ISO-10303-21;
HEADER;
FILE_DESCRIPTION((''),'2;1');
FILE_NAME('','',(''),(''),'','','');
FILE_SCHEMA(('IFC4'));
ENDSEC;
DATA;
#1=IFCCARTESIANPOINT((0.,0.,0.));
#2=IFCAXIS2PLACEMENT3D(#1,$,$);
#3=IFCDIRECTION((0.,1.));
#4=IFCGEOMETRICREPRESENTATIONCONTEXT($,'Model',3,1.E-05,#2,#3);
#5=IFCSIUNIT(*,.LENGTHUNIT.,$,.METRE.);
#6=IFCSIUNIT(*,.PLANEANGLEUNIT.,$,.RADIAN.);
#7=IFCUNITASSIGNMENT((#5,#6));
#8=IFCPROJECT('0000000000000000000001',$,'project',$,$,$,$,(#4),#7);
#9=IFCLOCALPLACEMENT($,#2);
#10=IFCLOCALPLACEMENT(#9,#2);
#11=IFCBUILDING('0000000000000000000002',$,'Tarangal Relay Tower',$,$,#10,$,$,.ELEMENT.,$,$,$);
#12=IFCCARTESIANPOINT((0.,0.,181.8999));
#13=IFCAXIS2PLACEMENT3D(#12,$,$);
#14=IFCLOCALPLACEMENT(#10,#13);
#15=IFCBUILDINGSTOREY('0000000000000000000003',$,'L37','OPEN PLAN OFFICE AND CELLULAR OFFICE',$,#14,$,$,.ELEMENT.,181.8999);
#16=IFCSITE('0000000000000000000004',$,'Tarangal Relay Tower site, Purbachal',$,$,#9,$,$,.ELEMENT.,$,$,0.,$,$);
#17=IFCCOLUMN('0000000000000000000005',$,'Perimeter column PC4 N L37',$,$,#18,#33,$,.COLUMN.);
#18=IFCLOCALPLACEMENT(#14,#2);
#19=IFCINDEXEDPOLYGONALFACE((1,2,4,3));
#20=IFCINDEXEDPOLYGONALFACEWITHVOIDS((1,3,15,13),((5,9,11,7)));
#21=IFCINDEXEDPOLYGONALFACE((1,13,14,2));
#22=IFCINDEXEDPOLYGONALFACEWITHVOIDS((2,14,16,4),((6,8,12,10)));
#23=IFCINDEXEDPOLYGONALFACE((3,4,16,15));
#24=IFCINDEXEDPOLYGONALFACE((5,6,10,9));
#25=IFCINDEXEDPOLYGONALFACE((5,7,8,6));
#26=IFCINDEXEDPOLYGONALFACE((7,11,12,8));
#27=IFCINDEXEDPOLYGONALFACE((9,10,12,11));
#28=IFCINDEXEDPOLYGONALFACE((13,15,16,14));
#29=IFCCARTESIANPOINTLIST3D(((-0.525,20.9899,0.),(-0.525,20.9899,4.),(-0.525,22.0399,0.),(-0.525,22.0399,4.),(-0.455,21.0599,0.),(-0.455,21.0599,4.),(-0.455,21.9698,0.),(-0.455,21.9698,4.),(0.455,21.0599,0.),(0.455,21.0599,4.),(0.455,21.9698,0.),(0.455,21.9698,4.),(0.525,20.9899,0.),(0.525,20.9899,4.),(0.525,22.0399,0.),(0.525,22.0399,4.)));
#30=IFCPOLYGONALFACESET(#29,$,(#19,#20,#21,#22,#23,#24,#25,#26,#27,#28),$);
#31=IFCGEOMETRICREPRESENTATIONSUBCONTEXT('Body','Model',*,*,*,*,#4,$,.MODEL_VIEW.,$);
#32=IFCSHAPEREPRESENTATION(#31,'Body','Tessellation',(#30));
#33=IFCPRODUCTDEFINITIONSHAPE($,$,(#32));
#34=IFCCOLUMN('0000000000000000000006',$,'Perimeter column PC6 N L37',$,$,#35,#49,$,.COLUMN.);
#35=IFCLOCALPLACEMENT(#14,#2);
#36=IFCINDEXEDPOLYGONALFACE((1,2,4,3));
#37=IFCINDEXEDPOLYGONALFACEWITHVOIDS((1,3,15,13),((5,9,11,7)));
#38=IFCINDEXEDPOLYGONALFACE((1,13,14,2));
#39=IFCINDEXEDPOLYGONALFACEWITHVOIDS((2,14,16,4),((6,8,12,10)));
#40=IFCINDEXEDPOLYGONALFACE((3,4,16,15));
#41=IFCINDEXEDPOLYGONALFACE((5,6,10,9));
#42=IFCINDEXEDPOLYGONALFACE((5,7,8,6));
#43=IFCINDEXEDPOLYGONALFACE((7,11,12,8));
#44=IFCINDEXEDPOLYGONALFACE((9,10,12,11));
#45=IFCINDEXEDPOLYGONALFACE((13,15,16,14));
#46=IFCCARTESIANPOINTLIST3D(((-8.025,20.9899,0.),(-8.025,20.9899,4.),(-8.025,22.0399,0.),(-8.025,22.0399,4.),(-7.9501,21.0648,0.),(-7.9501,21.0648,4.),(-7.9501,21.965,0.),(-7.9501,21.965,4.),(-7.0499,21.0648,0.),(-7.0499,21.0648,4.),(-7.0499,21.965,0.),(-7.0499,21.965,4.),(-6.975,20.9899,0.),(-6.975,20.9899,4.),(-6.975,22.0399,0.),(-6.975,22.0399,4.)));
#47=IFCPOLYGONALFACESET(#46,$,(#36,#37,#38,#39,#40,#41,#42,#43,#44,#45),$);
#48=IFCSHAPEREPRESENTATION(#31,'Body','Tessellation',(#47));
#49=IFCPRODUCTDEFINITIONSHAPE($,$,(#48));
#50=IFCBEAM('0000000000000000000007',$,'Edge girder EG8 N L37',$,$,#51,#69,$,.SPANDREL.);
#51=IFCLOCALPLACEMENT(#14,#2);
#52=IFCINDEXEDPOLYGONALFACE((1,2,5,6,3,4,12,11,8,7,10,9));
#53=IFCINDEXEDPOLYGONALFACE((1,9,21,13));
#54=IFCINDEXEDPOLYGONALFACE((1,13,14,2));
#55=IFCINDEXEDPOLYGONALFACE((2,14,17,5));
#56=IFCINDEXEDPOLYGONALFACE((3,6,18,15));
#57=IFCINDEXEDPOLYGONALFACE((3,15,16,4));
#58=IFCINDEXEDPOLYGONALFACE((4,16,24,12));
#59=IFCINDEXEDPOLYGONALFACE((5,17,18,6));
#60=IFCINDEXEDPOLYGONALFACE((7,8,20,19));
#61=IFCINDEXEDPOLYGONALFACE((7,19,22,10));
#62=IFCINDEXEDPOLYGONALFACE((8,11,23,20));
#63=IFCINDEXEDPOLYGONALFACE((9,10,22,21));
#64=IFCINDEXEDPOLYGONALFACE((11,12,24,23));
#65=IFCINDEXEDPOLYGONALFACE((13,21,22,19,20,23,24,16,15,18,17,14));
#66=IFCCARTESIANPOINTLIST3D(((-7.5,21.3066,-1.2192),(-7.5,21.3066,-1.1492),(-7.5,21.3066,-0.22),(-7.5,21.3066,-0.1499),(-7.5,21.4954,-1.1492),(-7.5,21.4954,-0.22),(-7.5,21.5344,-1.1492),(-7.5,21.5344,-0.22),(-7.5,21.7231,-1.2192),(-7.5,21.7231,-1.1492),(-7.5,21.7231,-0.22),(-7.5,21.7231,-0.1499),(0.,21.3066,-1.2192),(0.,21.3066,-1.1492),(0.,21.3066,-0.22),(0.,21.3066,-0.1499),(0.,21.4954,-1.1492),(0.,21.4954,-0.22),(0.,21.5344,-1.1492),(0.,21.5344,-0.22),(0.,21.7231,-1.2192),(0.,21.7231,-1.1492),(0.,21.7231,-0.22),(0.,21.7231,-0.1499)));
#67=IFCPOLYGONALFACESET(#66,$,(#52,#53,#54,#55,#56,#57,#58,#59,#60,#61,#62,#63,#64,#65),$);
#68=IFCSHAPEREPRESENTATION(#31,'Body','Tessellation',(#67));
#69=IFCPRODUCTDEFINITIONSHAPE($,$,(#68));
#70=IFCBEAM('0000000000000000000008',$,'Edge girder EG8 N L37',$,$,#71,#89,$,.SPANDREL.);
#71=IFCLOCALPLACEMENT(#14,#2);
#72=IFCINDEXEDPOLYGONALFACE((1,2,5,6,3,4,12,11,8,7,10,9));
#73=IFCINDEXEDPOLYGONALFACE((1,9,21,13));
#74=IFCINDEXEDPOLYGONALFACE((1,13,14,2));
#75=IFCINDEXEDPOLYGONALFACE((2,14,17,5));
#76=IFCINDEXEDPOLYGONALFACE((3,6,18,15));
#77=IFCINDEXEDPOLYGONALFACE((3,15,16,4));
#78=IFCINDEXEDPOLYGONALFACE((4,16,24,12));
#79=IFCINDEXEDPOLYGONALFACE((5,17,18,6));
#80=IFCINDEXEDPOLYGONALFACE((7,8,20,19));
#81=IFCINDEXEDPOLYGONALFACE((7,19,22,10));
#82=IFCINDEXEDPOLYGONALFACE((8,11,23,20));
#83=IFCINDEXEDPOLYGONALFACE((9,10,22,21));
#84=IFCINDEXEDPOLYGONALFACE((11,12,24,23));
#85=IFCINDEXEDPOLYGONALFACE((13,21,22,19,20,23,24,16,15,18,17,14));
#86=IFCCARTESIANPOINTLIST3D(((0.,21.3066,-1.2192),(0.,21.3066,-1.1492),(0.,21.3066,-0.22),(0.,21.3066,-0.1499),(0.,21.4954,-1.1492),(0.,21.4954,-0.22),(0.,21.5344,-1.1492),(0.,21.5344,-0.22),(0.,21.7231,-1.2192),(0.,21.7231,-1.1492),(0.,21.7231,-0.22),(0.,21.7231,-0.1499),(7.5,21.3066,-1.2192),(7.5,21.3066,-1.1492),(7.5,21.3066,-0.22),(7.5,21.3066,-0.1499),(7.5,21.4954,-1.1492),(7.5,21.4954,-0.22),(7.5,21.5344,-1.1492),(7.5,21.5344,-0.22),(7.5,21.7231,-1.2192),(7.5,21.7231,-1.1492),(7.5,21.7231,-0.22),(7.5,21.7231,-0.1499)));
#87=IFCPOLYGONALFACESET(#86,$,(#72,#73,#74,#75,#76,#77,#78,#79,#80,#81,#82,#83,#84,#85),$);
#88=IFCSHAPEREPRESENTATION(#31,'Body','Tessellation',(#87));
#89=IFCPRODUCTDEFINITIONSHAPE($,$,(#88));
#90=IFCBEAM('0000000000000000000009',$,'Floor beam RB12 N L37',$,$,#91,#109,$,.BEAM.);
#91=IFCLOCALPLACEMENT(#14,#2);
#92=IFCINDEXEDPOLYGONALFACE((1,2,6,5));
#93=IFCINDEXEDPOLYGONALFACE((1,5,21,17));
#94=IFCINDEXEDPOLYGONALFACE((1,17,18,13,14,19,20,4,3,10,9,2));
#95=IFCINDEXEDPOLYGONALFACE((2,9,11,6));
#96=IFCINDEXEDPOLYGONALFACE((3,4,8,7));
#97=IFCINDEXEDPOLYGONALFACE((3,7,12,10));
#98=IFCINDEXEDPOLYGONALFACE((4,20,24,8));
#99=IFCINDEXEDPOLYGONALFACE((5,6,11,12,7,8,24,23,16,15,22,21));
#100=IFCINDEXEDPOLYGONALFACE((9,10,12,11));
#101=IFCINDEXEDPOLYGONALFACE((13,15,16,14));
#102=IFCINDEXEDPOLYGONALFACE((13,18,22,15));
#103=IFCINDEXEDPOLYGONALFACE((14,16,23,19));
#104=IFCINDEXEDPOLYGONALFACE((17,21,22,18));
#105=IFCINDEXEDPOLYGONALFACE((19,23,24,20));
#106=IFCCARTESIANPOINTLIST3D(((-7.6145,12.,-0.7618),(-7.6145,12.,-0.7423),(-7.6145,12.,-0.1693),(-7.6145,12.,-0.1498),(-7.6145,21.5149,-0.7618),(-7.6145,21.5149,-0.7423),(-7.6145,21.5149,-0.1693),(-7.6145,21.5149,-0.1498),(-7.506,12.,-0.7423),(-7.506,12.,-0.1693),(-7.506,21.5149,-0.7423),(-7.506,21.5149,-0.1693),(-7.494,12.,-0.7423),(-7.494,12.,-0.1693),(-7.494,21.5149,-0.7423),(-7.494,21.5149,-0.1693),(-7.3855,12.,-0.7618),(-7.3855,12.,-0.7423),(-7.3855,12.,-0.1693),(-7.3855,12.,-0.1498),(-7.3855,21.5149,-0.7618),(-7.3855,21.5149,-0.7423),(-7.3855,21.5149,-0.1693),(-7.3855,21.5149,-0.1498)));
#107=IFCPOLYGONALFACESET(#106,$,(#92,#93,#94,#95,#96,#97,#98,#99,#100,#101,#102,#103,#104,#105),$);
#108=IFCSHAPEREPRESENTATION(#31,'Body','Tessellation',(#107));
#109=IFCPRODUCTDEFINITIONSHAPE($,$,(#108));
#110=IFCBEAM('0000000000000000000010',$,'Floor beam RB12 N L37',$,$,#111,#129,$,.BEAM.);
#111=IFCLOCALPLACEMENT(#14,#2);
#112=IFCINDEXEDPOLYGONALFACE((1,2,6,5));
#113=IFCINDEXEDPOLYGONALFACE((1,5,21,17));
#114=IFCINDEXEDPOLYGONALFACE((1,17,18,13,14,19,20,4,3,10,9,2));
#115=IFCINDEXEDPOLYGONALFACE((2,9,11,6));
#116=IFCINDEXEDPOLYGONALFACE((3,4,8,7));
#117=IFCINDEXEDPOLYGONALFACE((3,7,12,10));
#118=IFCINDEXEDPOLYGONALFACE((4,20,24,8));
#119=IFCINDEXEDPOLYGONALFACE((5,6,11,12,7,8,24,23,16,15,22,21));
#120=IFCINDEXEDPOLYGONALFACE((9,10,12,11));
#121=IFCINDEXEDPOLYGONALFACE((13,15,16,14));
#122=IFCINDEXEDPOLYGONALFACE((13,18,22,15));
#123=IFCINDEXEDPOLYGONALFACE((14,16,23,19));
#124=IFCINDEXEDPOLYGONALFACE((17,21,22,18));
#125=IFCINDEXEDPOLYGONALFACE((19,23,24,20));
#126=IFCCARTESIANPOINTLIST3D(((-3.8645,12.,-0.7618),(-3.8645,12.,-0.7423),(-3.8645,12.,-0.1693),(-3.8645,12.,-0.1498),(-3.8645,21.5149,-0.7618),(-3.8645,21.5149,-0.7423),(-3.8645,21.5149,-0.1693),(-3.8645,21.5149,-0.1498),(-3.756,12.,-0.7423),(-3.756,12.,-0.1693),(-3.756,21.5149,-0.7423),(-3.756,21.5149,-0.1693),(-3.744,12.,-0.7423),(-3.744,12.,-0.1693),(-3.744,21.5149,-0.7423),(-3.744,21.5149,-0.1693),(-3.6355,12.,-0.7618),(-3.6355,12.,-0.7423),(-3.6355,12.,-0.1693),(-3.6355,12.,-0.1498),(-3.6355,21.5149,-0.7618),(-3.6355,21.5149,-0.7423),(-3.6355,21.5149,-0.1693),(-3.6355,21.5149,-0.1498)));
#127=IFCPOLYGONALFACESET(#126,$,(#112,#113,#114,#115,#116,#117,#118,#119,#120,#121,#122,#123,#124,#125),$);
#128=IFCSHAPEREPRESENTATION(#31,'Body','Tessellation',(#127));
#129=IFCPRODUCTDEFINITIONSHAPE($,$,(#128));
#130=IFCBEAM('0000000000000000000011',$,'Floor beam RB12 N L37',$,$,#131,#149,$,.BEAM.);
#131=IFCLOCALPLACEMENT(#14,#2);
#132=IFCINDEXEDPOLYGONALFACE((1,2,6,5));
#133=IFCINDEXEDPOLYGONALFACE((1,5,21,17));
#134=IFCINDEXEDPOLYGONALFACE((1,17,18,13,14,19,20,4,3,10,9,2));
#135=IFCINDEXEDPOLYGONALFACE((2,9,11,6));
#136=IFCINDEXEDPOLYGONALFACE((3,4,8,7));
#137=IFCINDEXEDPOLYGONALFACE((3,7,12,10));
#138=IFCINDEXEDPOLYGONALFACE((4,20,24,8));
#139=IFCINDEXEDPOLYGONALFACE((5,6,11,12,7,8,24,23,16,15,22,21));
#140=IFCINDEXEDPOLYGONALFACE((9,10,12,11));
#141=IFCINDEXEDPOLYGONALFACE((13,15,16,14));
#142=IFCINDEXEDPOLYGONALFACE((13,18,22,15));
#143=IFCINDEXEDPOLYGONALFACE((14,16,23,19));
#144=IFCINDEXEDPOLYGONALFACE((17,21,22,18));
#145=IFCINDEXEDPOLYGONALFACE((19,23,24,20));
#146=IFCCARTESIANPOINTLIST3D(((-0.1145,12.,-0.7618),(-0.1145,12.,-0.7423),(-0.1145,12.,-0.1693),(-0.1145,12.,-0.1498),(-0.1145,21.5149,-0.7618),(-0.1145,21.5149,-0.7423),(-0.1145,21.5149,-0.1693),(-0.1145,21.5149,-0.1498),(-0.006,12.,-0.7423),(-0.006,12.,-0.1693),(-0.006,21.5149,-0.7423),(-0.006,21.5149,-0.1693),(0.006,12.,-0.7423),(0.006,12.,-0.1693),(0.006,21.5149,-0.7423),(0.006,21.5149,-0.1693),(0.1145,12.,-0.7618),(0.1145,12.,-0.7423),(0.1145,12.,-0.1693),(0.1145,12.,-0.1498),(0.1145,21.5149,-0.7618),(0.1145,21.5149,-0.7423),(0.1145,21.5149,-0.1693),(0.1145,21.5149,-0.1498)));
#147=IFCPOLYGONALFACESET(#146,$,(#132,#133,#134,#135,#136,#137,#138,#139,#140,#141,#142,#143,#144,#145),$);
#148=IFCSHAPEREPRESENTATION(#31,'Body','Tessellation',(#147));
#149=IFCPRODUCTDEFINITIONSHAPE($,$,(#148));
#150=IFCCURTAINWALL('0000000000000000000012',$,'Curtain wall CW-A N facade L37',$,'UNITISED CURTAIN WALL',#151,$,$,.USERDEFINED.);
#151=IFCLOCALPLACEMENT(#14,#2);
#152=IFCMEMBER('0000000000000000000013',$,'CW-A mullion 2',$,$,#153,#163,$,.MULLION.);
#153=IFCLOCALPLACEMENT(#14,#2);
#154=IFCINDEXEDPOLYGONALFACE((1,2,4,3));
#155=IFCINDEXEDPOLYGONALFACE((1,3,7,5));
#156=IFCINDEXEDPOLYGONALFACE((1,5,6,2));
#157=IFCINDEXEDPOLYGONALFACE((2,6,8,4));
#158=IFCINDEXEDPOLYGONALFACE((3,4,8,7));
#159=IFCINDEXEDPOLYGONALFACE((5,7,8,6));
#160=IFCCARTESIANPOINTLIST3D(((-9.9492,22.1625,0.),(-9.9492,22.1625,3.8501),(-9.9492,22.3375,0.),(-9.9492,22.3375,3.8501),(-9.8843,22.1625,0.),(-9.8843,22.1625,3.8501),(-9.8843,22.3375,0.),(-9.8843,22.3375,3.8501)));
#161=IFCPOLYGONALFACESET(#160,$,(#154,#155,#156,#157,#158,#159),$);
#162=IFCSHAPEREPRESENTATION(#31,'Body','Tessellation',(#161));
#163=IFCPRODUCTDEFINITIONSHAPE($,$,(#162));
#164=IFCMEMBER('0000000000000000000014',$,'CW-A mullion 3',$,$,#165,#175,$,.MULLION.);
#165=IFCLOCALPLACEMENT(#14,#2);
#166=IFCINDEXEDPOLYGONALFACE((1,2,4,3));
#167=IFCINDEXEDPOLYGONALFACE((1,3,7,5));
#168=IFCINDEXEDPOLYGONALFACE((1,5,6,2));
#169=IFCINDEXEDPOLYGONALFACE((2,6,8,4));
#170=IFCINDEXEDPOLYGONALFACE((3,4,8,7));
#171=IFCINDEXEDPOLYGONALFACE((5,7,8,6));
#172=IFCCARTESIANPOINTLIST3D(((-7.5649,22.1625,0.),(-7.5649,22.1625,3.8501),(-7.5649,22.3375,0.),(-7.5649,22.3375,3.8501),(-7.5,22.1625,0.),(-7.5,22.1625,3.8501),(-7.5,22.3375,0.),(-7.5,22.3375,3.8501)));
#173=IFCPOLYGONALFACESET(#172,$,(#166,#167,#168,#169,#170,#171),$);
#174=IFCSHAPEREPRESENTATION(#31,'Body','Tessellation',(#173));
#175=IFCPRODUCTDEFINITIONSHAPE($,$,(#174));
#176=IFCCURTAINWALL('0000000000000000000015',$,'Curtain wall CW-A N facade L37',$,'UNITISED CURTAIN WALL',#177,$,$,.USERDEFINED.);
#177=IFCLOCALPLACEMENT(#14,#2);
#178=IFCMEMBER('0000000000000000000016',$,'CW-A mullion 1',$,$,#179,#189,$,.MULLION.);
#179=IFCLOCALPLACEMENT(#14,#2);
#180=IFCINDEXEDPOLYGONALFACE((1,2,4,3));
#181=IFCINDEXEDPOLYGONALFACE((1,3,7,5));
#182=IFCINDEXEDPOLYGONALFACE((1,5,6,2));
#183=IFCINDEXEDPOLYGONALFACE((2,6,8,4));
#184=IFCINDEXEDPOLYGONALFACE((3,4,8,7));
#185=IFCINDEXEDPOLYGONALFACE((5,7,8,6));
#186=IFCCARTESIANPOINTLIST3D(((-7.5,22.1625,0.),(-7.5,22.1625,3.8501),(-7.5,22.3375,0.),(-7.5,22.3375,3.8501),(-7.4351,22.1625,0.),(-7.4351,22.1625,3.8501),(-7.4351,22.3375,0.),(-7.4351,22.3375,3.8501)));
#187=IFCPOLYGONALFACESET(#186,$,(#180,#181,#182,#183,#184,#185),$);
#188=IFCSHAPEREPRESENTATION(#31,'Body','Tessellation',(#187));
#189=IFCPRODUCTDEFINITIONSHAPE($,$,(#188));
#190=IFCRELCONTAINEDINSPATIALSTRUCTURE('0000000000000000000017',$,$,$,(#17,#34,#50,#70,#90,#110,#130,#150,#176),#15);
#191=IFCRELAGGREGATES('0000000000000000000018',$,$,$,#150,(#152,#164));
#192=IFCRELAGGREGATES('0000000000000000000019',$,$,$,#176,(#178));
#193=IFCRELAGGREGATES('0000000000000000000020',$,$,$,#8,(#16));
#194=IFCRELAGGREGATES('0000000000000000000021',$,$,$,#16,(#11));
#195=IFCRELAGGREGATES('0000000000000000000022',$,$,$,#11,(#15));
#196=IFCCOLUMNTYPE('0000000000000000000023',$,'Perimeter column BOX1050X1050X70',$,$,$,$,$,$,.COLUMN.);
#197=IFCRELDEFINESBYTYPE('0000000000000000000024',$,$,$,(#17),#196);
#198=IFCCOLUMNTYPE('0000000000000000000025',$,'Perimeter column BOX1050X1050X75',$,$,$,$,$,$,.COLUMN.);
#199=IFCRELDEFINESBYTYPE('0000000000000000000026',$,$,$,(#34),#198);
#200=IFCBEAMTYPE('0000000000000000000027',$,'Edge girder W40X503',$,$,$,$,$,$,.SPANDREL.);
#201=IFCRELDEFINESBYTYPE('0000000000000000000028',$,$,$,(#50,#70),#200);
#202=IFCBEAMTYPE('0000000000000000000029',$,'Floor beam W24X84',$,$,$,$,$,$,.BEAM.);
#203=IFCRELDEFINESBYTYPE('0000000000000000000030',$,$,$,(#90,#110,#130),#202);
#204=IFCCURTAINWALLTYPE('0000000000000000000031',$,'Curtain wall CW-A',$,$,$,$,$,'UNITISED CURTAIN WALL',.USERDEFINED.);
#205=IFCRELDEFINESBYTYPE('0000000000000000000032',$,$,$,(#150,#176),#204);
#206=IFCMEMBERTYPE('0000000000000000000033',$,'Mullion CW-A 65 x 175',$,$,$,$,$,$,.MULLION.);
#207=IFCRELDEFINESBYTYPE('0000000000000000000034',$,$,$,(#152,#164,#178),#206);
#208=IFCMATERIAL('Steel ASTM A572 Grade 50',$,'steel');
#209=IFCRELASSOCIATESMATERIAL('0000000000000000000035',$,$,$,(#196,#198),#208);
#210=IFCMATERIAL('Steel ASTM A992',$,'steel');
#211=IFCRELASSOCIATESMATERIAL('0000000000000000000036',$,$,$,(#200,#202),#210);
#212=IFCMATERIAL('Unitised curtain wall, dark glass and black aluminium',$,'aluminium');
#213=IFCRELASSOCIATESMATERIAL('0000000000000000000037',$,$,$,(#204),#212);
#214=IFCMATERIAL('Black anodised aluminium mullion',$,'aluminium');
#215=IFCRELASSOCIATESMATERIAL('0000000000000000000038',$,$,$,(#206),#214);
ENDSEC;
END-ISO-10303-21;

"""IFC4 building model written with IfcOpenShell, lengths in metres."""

from ifc_helpers import new_model, si_unit, direction, frame, origin, origin_2d, place, context, subcontext, project, spatial, rectangle, hollow_rectangle, i_section, extrude, material, material_profile, profile_set, type_object, element, aggregate, save


model = new_model("IFC4")

# Units and contexts
model_context = context("Model", 3, precision=1e-05, world=origin(), true_north=direction((0.0, 1.0)))
body_context = subcontext(model_context, "Body", "Model", "MODEL_VIEW")
ifc_project = project(units=[si_unit("LENGTHUNIT", "METRE"), si_unit("PLANEANGLEUNIT", "RADIAN")], contexts=[model_context])

# Site, building, storey
site_placement = place(None, origin())
site = spatial("IfcSite", under=ifc_project, at=site_placement, Name="Tarangal Relay Tower site, Purbachal", CompositionType="ELEMENT", RefElevation=0.0)
building_placement = place(site_placement, origin())
building = spatial("IfcBuilding", under=site, at=building_placement, Name="Tarangal Relay Tower", CompositionType="ELEMENT")
storey_placement = place(building_placement, frame((0.0, 0.0, 181.8999)))
storey = spatial("IfcBuildingStorey", under=building, at=storey_placement, Name="L37", Description="OPEN PLAN OFFICE AND CELLULAR OFFICE", CompositionType="ELEMENT", Elevation=181.8999)

# Columns
ifc_material_1 = material(Name="Steel ASTM A572 Grade 50", Category="steel")
ifc_material_profile_1 = material_profile(ifc_material_1, hollow_rectangle(XDim=1.05, YDim=1.05, WallThickness=0.0701, at=origin_2d()), Name="BOX1050X1050X70")
ifc_profile_set_1 = profile_set([ifc_material_profile_1], Name="Steel ASTM A572 Grade 50")
column_type_1 = type_object("IfcColumnType", Name="Perimeter column BOX1050X1050X70", PredefinedType="COLUMN", material=ifc_profile_set_1)
column_1_placement = place(storey_placement, frame((0.0, 21.5149, 0.0), z_axis=(0.0, 0.0, 1.0), x_axis=(1.0, 0.0, 0.0)))
element("IfcColumn", 1, at=column_1_placement, inside=storey, type_object=column_type_1, Name="Perimeter column PC4 N L37", PredefinedType="COLUMN", context=body_context, shape_type="SweptSolid", body=[
    extrude(hollow_rectangle(XDim=1.05, YDim=1.05, WallThickness=0.0701, at=origin_2d()), origin(), (0.0, 0.0, 1.0), 4.0),
])
ifc_material_profile_2 = material_profile(ifc_material_1, hollow_rectangle(XDim=1.05, YDim=1.05, WallThickness=0.075, at=origin_2d()), Name="BOX1050X1050X75")
ifc_profile_set_2 = profile_set([ifc_material_profile_2], Name="Steel ASTM A572 Grade 50")
column_type_2 = type_object("IfcColumnType", Name="Perimeter column BOX1050X1050X75", PredefinedType="COLUMN", material=ifc_profile_set_2)
column_2_placement = place(storey_placement, frame((-7.5, 21.5149, 0.0), z_axis=(0.0, 0.0, 1.0), x_axis=(1.0, 0.0, 0.0)))
element("IfcColumn", 2, at=column_2_placement, inside=storey, type_object=column_type_2, Name="Perimeter column PC6 N L37", PredefinedType="COLUMN", context=body_context, shape_type="SweptSolid", body=[
    extrude(hollow_rectangle(XDim=1.05, YDim=1.05, WallThickness=0.075, at=origin_2d()), origin(), (0.0, 0.0, 1.0), 4.0),
])

# Beams
ifc_material_2 = material(Name="Steel ASTM A992", Category="steel")
ifc_material_profile_3 = material_profile(ifc_material_2, i_section(OverallWidth=0.4165, OverallDepth=1.0693, WebThickness=0.0391, FlangeThickness=0.0701, at=origin_2d()), Name="W40X503")
ifc_profile_set_3 = profile_set([ifc_material_profile_3], Name="Steel ASTM A992")
beam_type_1 = type_object("IfcBeamType", Name="Edge girder W40X503", PredefinedType="SPANDREL", material=ifc_profile_set_3)
for number, where, z_axis, x_axis, name in (
    (3, (-7.5, 21.5149, -0.6846), (1.0, 0.0, 0.0), (0.0, 1.0, 0.0), "Edge girder EG8 N L37"),
    (4, (0.0, 21.5149, -0.6846), (1.0, 0.0, 0.0), (0.0, 1.0, 0.0), "Edge girder EG8 N L37"),
):
    element("IfcBeam", number, at=place(storey_placement, frame(where, z_axis=z_axis, x_axis=x_axis)), inside=storey, type_object=beam_type_1, Name=name, PredefinedType="SPANDREL", context=body_context, shape_type="SweptSolid", body=[
        extrude(i_section(OverallWidth=0.4165, OverallDepth=1.0693, WebThickness=0.0391, FlangeThickness=0.0701, at=origin_2d()), origin(), (0.0, 0.0, 1.0), 7.5),
    ])
ifc_material_profile_4 = material_profile(ifc_material_2, i_section(OverallWidth=0.229, OverallDepth=0.6121, WebThickness=0.012, FlangeThickness=0.0195, at=origin_2d()), Name="W24X84")
ifc_profile_set_4 = profile_set([ifc_material_profile_4], Name="Steel ASTM A992")
beam_type_2 = type_object("IfcBeamType", Name="Floor beam W24X84", PredefinedType="BEAM", material=ifc_profile_set_4)
for number, where, z_axis, x_axis, name in (
    (5, (-7.5, 12.0, -0.4558), (0.0, 1.0, 0.0), (-1.0, 0.0, 0.0), "Floor beam RB12 N L37"),
    (6, (-3.75, 12.0, -0.4558), (0.0, 1.0, 0.0), (-1.0, 0.0, 0.0), "Floor beam RB12 N L37"),
    (7, (0.0, 12.0, -0.4558), (0.0, 1.0, 0.0), (-1.0, 0.0, 0.0), "Floor beam RB12 N L37"),
):
    element("IfcBeam", number, at=place(storey_placement, frame(where, z_axis=z_axis, x_axis=x_axis)), inside=storey, type_object=beam_type_2, Name=name, PredefinedType="BEAM", context=body_context, shape_type="SweptSolid", body=[
        extrude(i_section(OverallWidth=0.229, OverallDepth=0.6121, WebThickness=0.012, FlangeThickness=0.0195, at=origin_2d()), origin(), (0.0, 0.0, 1.0), 9.5149),
    ])

# Curtain walls, members
ifc_material_3 = material(Name="Unitised curtain wall, dark glass and black aluminium", Category="aluminium")
curtain_wall_type = type_object("IfcCurtainWallType", Name="Curtain wall CW-A", ElementType="UNITISED CURTAIN WALL", PredefinedType="USERDEFINED", material=ifc_material_3)
curtain_wall_1_placement = place(storey_placement, origin())
curtain_wall_1 = element("IfcCurtainWall", 8, at=curtain_wall_1_placement, inside=storey, type_object=curtain_wall_type, Name="Curtain wall CW-A N facade L37", ObjectType="UNITISED CURTAIN WALL", PredefinedType="USERDEFINED")
ifc_material_4 = material(Name="Black anodised aluminium mullion", Category="aluminium")
ifc_material_profile_5 = material_profile(ifc_material_4, rectangle(XDim=0.175, YDim=0.0649, at=origin_2d()), Name="CW-AM 65X175")
ifc_profile_set_5 = profile_set([ifc_material_profile_5], Name="Black anodised aluminium mullion")
member_type_1 = type_object("IfcMemberType", Name="Mullion CW-A 65 x 175", PredefinedType="MULLION", material=ifc_profile_set_5)
member_1_placement = place(storey_placement, frame((-9.9167, 22.25, 0.0), z_axis=(0.0, 0.0, 1.0), x_axis=(0.0, 1.0, 0.0)))
member_1 = element("IfcMember", 9, at=member_1_placement, type_object=member_type_1, Name="CW-A mullion 2", PredefinedType="MULLION", context=body_context, shape_type="SweptSolid", body=[
    extrude(rectangle(XDim=0.175, YDim=0.0649, at=origin_2d()), origin(), (0.0, 0.0, 1.0), 3.8501),
])
member_2_placement = place(storey_placement, frame((-7.5325, 22.25, 0.0), z_axis=(0.0, 0.0, 1.0), x_axis=(0.0, 1.0, 0.0)))
member_2 = element("IfcMember", 10, at=member_2_placement, type_object=member_type_1, Name="CW-A mullion 3", PredefinedType="MULLION", context=body_context, shape_type="SweptSolid", body=[
    extrude(rectangle(XDim=0.175, YDim=0.0649, at=origin_2d()), origin(), (0.0, 0.0, 1.0), 3.8501),
])
curtain_wall_2_placement = place(storey_placement, origin())
curtain_wall_2 = element("IfcCurtainWall", 11, at=curtain_wall_2_placement, inside=storey, type_object=curtain_wall_type, Name="Curtain wall CW-A N facade L37", ObjectType="UNITISED CURTAIN WALL", PredefinedType="USERDEFINED")
member_3_placement = place(storey_placement, frame((-7.4675, 22.25, 0.0), z_axis=(0.0, 0.0, 1.0), x_axis=(0.0, 1.0, 0.0)))
member_3 = element("IfcMember", 12, at=member_3_placement, type_object=member_type_1, Name="CW-A mullion 1", PredefinedType="MULLION", context=body_context, shape_type="SweptSolid", body=[
    extrude(rectangle(XDim=0.175, YDim=0.0649, at=origin_2d()), origin(), (0.0, 0.0, 1.0), 3.8501),
])

aggregate(curtain_wall_1, [member_1, member_2])
aggregate(curtain_wall_2, [member_3])

save(model, "model.ifc")
